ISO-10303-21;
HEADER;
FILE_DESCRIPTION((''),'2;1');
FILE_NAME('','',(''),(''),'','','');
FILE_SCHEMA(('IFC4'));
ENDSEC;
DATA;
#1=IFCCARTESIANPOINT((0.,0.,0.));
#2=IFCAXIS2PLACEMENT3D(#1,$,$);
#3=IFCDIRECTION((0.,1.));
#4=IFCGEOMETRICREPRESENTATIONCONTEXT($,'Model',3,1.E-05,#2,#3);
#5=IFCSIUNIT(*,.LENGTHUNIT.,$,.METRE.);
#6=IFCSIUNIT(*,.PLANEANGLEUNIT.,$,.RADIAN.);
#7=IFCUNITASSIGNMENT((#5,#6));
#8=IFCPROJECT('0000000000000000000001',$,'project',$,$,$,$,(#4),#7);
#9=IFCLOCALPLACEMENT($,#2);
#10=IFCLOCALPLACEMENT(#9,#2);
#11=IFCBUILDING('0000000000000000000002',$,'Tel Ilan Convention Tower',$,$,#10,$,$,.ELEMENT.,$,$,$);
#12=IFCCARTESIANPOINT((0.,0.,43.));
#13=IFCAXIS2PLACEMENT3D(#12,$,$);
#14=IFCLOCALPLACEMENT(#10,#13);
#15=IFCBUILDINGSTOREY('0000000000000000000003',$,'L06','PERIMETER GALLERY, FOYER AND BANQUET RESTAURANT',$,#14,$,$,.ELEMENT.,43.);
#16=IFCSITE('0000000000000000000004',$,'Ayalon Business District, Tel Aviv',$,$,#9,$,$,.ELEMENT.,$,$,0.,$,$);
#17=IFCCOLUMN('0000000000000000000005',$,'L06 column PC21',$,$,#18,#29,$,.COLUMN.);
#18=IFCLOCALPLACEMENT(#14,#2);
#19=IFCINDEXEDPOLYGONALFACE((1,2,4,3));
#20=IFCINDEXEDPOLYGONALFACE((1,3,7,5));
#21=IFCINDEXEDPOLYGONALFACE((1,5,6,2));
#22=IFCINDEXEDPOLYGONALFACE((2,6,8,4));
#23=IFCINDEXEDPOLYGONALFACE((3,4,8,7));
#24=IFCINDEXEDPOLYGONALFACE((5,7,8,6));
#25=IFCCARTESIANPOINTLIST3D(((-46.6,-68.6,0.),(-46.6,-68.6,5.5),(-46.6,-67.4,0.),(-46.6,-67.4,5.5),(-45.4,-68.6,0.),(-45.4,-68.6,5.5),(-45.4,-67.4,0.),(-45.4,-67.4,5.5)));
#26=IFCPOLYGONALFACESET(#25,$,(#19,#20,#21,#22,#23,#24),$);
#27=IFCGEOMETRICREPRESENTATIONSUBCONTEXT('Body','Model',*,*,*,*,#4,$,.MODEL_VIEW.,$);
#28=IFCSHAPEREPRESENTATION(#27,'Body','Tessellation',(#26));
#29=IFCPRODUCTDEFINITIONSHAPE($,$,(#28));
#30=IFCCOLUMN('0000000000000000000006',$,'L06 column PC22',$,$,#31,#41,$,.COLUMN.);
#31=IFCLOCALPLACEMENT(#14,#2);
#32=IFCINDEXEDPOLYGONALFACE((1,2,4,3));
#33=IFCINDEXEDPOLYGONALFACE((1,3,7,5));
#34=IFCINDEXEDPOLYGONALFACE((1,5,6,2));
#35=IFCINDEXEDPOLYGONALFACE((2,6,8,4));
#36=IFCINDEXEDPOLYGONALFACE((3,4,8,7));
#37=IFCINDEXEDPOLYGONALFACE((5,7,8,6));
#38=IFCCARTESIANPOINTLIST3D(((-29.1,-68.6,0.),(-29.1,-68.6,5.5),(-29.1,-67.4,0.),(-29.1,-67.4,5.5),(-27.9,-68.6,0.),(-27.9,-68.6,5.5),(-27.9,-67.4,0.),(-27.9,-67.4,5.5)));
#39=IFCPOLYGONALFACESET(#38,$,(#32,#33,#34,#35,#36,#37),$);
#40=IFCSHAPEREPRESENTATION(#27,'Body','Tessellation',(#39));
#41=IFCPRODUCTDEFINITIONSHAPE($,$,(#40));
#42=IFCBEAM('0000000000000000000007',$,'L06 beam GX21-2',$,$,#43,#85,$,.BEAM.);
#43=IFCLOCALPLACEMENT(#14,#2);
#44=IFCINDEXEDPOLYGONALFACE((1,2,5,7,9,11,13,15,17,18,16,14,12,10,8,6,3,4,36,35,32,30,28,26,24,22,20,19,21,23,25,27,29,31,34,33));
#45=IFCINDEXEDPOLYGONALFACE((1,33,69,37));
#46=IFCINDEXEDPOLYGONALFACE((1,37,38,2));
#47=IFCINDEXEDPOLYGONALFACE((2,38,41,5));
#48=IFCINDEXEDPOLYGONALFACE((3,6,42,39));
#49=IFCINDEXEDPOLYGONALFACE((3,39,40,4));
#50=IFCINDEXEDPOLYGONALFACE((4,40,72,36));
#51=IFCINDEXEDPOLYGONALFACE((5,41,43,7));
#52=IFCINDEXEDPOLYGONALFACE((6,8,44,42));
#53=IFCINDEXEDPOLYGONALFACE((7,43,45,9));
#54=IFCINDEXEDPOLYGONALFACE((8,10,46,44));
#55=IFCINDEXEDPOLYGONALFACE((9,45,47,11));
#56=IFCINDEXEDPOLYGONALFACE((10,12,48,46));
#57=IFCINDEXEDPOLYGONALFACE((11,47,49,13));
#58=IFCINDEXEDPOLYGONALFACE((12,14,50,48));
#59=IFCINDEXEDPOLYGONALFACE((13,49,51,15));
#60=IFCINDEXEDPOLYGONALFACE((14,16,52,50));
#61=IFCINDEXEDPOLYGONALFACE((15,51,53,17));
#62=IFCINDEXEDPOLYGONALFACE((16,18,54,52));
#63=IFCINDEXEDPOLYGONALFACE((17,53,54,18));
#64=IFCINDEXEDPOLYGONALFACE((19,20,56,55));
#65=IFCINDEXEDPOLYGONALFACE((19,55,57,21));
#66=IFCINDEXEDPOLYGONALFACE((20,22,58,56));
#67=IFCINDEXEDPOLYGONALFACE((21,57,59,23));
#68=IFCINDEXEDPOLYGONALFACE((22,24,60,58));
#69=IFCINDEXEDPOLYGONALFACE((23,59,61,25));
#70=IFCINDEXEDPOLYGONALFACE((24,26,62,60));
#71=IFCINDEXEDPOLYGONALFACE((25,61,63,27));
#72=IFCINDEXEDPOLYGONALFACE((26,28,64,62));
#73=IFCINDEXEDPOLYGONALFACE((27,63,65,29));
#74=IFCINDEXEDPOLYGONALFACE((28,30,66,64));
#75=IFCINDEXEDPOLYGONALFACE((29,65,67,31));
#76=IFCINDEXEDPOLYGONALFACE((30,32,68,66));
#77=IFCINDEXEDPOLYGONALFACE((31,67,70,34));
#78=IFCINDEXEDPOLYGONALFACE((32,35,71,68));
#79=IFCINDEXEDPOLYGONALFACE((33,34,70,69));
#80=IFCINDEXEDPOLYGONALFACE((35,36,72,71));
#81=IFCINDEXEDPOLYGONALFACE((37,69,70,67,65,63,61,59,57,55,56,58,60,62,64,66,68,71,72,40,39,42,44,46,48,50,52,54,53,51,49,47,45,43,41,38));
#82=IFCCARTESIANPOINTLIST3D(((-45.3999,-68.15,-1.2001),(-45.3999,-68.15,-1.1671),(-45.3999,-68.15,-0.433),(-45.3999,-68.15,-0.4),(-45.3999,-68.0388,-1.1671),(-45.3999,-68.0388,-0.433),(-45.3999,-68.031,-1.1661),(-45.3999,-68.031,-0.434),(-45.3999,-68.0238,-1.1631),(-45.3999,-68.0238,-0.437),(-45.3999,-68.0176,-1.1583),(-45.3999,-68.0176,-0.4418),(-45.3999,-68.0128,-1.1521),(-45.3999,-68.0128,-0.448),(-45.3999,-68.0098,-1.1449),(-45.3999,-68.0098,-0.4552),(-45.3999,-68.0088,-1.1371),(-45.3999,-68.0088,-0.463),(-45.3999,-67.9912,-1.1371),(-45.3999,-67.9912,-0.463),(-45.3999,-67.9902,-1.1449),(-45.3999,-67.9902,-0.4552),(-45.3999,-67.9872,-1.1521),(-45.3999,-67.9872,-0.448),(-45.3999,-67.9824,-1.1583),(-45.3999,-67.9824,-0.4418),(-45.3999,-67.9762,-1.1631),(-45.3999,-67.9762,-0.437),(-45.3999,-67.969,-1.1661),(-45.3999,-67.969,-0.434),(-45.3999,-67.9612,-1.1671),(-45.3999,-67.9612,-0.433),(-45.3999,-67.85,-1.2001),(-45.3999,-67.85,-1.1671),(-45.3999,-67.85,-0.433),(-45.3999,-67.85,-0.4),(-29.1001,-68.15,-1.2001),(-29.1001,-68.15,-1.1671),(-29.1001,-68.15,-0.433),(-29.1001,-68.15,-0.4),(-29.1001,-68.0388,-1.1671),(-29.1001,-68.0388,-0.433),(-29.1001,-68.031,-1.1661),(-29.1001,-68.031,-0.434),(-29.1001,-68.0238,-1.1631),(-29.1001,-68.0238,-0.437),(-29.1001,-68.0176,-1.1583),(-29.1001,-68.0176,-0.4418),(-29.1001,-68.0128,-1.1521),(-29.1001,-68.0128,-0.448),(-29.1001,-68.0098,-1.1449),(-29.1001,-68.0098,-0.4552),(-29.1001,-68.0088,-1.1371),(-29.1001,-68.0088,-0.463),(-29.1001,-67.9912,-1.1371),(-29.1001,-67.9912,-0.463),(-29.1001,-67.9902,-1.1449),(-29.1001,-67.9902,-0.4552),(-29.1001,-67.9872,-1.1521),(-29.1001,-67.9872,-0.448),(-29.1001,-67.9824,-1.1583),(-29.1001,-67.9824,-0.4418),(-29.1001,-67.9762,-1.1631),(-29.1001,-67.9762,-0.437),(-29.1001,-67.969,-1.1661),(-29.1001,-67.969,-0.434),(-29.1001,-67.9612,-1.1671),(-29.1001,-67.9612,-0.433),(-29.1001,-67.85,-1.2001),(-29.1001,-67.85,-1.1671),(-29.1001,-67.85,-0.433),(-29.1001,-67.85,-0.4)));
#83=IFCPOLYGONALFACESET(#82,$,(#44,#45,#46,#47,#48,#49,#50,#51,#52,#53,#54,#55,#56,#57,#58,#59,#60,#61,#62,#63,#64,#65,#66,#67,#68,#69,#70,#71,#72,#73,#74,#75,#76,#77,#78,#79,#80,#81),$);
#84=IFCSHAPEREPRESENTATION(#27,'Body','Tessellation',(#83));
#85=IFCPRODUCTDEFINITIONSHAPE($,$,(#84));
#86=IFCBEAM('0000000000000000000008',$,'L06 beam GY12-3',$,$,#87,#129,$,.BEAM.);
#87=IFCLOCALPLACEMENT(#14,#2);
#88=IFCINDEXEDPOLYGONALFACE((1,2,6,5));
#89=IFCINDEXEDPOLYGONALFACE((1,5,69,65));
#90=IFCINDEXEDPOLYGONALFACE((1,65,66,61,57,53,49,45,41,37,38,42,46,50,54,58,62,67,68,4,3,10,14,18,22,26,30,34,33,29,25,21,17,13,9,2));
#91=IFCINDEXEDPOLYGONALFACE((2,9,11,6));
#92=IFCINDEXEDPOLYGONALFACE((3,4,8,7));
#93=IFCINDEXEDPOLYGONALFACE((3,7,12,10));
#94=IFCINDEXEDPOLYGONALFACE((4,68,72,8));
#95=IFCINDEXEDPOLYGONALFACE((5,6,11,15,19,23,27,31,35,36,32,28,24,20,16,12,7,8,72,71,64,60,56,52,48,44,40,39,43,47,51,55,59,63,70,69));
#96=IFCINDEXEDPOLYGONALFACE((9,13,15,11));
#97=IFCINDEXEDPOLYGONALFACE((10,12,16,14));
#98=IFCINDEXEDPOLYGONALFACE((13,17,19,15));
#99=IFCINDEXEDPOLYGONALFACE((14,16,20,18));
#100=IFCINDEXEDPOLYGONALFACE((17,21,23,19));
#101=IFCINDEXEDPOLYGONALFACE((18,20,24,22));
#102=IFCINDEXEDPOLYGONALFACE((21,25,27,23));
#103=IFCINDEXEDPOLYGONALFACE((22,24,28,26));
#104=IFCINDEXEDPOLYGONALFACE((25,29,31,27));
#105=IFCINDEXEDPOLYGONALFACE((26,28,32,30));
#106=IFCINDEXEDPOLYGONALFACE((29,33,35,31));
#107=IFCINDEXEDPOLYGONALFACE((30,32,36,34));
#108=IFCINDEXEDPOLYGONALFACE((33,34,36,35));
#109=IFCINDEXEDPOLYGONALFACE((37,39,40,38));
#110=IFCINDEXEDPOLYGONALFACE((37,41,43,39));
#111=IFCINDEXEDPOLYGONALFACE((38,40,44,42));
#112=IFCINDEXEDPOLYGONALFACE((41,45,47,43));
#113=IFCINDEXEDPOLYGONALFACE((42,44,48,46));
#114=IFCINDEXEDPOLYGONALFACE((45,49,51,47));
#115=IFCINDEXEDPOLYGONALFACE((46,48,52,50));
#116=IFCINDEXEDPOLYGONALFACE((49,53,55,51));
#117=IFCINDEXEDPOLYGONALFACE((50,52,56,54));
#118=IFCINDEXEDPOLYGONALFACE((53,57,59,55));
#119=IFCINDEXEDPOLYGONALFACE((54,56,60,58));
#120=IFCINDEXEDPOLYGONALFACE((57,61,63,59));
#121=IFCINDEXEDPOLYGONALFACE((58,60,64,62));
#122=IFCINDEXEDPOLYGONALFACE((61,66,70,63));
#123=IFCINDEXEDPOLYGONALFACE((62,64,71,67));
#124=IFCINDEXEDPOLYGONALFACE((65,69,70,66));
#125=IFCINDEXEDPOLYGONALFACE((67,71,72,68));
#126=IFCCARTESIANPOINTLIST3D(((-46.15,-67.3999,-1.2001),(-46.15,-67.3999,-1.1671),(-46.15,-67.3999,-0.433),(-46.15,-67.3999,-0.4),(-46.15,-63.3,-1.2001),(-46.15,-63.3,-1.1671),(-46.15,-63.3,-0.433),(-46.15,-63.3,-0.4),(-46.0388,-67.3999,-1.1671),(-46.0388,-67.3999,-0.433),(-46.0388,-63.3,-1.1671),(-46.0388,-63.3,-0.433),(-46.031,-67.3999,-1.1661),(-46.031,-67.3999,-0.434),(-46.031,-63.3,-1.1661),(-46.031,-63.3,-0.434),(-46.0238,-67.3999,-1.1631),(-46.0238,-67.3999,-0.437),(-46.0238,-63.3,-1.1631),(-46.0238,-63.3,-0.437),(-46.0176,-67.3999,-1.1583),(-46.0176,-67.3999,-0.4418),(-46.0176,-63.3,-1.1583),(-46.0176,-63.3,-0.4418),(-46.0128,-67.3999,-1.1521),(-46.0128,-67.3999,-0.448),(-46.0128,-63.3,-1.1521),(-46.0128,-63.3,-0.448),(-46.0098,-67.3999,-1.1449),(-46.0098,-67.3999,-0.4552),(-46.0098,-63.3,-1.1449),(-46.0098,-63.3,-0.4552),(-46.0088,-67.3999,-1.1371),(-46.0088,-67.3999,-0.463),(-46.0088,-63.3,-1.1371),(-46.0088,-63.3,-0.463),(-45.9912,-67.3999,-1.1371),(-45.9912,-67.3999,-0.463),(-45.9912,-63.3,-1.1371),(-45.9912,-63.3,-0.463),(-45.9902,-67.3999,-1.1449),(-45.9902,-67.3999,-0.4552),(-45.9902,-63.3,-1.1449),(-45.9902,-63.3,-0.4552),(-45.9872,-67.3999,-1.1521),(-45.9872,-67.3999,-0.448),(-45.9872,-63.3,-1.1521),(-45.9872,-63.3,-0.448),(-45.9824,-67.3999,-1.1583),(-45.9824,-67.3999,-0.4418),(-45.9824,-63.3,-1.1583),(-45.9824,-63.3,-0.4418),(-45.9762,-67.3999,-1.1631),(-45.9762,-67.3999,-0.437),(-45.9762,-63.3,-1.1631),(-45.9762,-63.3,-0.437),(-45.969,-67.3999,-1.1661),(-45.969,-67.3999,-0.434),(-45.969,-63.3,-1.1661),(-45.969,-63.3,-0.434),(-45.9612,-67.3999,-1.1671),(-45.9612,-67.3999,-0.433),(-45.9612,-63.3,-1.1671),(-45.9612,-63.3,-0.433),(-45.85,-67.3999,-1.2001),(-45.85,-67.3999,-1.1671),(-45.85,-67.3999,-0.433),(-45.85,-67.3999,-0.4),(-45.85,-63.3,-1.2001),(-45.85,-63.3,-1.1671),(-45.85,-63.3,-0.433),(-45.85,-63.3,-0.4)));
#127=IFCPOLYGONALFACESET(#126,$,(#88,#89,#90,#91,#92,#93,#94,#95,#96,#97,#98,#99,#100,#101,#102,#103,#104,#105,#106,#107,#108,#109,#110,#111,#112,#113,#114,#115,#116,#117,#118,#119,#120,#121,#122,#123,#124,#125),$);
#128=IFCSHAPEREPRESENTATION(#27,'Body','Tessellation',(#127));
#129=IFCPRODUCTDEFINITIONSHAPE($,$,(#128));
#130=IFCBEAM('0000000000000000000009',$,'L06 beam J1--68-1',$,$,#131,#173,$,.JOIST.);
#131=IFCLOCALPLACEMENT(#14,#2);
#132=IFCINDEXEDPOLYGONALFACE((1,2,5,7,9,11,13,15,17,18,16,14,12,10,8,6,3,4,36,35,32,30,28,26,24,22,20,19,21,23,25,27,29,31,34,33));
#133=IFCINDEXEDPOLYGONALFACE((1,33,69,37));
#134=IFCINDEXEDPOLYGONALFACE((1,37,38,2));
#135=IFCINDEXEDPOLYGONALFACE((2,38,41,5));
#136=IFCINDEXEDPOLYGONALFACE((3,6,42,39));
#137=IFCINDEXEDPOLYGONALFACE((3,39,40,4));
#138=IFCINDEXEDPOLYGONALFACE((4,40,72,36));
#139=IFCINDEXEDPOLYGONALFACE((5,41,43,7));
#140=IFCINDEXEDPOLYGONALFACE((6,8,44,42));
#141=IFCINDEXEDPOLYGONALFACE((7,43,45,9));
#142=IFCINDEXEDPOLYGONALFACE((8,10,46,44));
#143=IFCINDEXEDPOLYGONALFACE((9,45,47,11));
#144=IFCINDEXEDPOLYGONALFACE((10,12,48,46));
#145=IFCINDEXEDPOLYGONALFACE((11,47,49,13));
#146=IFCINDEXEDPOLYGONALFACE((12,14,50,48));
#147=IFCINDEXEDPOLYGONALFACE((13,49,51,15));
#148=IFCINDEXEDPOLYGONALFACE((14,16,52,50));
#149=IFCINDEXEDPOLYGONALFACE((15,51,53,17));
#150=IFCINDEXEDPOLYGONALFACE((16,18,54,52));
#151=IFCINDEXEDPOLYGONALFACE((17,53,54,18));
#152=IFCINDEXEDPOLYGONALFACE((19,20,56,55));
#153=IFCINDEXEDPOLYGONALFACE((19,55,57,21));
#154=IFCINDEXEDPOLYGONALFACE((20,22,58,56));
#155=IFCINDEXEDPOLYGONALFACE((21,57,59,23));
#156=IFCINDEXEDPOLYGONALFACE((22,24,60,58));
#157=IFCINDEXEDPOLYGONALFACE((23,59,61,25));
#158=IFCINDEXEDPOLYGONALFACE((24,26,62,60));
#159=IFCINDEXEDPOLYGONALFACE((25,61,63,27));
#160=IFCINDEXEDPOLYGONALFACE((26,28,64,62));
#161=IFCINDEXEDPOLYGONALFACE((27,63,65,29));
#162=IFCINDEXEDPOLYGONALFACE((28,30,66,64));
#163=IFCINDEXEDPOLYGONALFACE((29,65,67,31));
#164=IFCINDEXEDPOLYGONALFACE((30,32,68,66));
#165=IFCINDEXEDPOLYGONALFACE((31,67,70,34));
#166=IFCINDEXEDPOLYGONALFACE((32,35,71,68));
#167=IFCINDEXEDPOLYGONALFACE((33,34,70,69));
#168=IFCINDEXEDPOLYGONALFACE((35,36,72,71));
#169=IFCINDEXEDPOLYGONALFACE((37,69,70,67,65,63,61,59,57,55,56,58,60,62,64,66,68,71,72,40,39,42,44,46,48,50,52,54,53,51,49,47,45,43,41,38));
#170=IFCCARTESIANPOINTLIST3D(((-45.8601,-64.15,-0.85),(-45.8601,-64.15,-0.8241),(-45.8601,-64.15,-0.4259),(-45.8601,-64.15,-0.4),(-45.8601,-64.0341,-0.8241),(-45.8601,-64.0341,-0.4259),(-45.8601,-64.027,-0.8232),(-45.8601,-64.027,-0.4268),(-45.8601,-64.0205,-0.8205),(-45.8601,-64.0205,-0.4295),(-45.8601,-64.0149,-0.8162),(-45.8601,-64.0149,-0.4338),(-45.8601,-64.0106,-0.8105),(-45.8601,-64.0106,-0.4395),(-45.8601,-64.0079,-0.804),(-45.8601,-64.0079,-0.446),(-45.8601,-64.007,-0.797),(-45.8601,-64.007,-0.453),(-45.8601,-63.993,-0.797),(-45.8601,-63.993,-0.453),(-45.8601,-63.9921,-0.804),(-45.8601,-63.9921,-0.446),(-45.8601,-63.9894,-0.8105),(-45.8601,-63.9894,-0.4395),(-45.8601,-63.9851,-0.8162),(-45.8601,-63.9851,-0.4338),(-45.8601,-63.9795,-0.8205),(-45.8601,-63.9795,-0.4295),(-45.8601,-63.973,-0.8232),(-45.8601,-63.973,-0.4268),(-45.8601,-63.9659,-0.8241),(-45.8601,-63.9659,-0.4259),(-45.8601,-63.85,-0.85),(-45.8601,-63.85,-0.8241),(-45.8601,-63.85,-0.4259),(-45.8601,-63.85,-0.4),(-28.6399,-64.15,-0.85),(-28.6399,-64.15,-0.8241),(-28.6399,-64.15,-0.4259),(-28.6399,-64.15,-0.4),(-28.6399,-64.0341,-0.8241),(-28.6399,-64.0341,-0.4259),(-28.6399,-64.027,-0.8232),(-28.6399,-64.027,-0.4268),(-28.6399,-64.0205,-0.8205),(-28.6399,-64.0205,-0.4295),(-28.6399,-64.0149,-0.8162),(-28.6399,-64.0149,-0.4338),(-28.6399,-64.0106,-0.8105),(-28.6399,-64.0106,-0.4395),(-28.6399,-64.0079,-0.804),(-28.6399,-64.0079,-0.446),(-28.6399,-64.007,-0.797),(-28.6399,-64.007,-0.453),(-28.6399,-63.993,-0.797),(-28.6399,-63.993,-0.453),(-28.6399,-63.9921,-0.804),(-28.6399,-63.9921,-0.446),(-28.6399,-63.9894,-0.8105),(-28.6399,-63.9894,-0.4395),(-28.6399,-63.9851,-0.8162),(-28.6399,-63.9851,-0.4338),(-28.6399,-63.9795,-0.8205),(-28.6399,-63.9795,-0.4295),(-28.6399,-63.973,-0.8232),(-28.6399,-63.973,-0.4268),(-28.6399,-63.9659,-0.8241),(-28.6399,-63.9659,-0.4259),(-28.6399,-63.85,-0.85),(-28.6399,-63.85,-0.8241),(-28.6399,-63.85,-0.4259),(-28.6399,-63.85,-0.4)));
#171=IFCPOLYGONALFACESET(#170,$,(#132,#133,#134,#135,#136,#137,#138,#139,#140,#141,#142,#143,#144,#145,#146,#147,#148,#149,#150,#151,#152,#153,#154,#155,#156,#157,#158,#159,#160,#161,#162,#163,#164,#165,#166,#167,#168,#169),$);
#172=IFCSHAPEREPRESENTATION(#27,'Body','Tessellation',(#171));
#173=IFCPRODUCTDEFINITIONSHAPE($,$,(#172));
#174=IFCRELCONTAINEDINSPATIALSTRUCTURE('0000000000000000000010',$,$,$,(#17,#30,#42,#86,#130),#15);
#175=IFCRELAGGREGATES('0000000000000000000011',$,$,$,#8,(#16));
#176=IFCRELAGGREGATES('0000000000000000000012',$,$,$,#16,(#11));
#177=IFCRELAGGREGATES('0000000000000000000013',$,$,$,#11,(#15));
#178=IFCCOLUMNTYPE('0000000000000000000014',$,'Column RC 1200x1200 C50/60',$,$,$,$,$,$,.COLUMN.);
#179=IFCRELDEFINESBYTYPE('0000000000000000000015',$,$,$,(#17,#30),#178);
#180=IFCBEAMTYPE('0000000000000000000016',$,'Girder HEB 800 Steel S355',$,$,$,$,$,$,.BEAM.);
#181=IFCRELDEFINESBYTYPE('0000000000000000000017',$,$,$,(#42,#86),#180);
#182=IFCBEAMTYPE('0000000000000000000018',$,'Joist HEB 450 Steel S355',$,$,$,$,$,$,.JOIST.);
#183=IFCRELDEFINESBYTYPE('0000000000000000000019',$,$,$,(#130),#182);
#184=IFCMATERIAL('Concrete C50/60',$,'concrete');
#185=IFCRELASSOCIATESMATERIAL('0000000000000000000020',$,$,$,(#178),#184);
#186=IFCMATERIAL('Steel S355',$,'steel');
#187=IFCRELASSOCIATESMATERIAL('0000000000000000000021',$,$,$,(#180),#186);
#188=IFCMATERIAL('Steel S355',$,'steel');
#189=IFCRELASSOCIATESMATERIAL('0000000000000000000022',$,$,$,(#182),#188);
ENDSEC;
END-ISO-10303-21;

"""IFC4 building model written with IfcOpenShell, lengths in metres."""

from ifc_helpers import new_model, si_unit, direction, frame, origin, origin_2d, place, context, subcontext, project, spatial, rectangle, i_section, extrude, material, material_profile, profile_set, type_object, element, save


model = new_model("IFC4")

# Units and contexts
model_context = context("Model", 3, precision=1e-05, world=origin(), true_north=direction((0.0, 1.0)))
body_context = subcontext(model_context, "Body", "Model", "MODEL_VIEW")
ifc_project = project(units=[si_unit("LENGTHUNIT", "METRE"), si_unit("PLANEANGLEUNIT", "RADIAN")], contexts=[model_context])

# Site, building, storey
site_placement = place(None, origin())
site = spatial("IfcSite", under=ifc_project, at=site_placement, Name="Ayalon Business District, Tel Aviv", CompositionType="ELEMENT", RefElevation=0.0)
building_placement = place(site_placement, origin())
building = spatial("IfcBuilding", under=site, at=building_placement, Name="Tel Ilan Convention Tower", CompositionType="ELEMENT")
storey_placement = place(building_placement, frame((0.0, 0.0, 43.0)))
storey = spatial("IfcBuildingStorey", under=building, at=storey_placement, Name="L06", Description="PERIMETER GALLERY, FOYER AND BANQUET RESTAURANT", CompositionType="ELEMENT", Elevation=43.0)

# Columns
ifc_material_1 = material(Name="Concrete C50/60", Category="concrete")
ifc_material_profile_1 = material_profile(ifc_material_1, rectangle(XDim=1.2, YDim=1.2, at=origin_2d()), Name="RC 1200x1200")
ifc_profile_set_1 = profile_set([ifc_material_profile_1], Name="Concrete C50/60")
column_type = type_object("IfcColumnType", Name="Column RC 1200x1200 C50/60", PredefinedType="COLUMN", material=ifc_profile_set_1)
for number, where, z_axis, x_axis, name in (
    (1, (-46.0, -68.0, 0.0), (0.0, 0.0, 1.0), (1.0, 0.0, 0.0), "L06 column PC21"),
    (2, (-28.5, -68.0, 0.0), (0.0, 0.0, 1.0), (1.0, 0.0, 0.0), "L06 column PC22"),
):
    element("IfcColumn", number, at=place(storey_placement, frame(where, z_axis=z_axis, x_axis=x_axis)), inside=storey, type_object=column_type, Name=name, PredefinedType="COLUMN", context=body_context, shape_type="SweptSolid", body=[
        extrude(rectangle(XDim=1.2, YDim=1.2, at=origin_2d()), origin(), (0.0, 0.0, 1.0), 5.5),
    ])

# Beams
ifc_material_2 = material(Name="Steel S355", Category="steel")
ifc_material_profile_2 = material_profile(ifc_material_2, i_section(OverallWidth=0.3, OverallDepth=0.8, WebThickness=0.0176, FlangeThickness=0.033, FilletRadius=0.03, at=origin_2d()), Name="HEB 800")
ifc_profile_set_2 = profile_set([ifc_material_profile_2], Name="Steel S355")
beam_type_1 = type_object("IfcBeamType", Name="Girder HEB 800 Steel S355", PredefinedType="BEAM", material=ifc_profile_set_2)
beam_1_placement = place(storey_placement, frame((-45.3999, -68.0, -0.8), z_axis=(1.0, 0.0, 0.0), x_axis=(0.0, 1.0, 0.0)))
element("IfcBeam", 3, at=beam_1_placement, inside=storey, type_object=beam_type_1, Name="L06 beam GX21-2", PredefinedType="BEAM", context=body_context, shape_type="SweptSolid", body=[
    extrude(i_section(OverallWidth=0.3, OverallDepth=0.8, WebThickness=0.0176, FlangeThickness=0.033, FilletRadius=0.03, at=origin_2d()), origin(), (0.0, 0.0, 1.0), 16.2998),
])
beam_2_placement = place(storey_placement, frame((-46.0, -67.3999, -0.8), z_axis=(0.0, 1.0, 0.0), x_axis=(-1.0, 0.0, 0.0)))
element("IfcBeam", 4, at=beam_2_placement, inside=storey, type_object=beam_type_1, Name="L06 beam GY12-3", PredefinedType="BEAM", context=body_context, shape_type="SweptSolid", body=[
    extrude(i_section(OverallWidth=0.3, OverallDepth=0.8, WebThickness=0.0176, FlangeThickness=0.033, FilletRadius=0.03, at=origin_2d()), origin(), (0.0, 0.0, 1.0), 4.0999),
])
ifc_material_3 = material(Name="Steel S355", Category="steel")
ifc_material_profile_3 = material_profile(ifc_material_3, i_section(OverallWidth=0.3, OverallDepth=0.45, WebThickness=0.0139, FlangeThickness=0.0259, FilletRadius=0.0271, at=origin_2d()), Name="HEB 450")
ifc_profile_set_3 = profile_set([ifc_material_profile_3], Name="Steel S355")
beam_type_2 = type_object("IfcBeamType", Name="Joist HEB 450 Steel S355", PredefinedType="JOIST", material=ifc_profile_set_3)
beam_3_placement = place(storey_placement, frame((-45.8601, -64.0, -0.625), z_axis=(1.0, 0.0, 0.0), x_axis=(0.0, 1.0, 0.0)))
element("IfcBeam", 5, at=beam_3_placement, inside=storey, type_object=beam_type_2, Name="L06 beam J1--68-1", PredefinedType="JOIST", context=body_context, shape_type="SweptSolid", body=[
    extrude(i_section(OverallWidth=0.3, OverallDepth=0.45, WebThickness=0.0139, FlangeThickness=0.0259, FilletRadius=0.0271, at=origin_2d()), origin(), (0.0, 0.0, 1.0), 17.2202),
])

save(model, "model.ifc")
